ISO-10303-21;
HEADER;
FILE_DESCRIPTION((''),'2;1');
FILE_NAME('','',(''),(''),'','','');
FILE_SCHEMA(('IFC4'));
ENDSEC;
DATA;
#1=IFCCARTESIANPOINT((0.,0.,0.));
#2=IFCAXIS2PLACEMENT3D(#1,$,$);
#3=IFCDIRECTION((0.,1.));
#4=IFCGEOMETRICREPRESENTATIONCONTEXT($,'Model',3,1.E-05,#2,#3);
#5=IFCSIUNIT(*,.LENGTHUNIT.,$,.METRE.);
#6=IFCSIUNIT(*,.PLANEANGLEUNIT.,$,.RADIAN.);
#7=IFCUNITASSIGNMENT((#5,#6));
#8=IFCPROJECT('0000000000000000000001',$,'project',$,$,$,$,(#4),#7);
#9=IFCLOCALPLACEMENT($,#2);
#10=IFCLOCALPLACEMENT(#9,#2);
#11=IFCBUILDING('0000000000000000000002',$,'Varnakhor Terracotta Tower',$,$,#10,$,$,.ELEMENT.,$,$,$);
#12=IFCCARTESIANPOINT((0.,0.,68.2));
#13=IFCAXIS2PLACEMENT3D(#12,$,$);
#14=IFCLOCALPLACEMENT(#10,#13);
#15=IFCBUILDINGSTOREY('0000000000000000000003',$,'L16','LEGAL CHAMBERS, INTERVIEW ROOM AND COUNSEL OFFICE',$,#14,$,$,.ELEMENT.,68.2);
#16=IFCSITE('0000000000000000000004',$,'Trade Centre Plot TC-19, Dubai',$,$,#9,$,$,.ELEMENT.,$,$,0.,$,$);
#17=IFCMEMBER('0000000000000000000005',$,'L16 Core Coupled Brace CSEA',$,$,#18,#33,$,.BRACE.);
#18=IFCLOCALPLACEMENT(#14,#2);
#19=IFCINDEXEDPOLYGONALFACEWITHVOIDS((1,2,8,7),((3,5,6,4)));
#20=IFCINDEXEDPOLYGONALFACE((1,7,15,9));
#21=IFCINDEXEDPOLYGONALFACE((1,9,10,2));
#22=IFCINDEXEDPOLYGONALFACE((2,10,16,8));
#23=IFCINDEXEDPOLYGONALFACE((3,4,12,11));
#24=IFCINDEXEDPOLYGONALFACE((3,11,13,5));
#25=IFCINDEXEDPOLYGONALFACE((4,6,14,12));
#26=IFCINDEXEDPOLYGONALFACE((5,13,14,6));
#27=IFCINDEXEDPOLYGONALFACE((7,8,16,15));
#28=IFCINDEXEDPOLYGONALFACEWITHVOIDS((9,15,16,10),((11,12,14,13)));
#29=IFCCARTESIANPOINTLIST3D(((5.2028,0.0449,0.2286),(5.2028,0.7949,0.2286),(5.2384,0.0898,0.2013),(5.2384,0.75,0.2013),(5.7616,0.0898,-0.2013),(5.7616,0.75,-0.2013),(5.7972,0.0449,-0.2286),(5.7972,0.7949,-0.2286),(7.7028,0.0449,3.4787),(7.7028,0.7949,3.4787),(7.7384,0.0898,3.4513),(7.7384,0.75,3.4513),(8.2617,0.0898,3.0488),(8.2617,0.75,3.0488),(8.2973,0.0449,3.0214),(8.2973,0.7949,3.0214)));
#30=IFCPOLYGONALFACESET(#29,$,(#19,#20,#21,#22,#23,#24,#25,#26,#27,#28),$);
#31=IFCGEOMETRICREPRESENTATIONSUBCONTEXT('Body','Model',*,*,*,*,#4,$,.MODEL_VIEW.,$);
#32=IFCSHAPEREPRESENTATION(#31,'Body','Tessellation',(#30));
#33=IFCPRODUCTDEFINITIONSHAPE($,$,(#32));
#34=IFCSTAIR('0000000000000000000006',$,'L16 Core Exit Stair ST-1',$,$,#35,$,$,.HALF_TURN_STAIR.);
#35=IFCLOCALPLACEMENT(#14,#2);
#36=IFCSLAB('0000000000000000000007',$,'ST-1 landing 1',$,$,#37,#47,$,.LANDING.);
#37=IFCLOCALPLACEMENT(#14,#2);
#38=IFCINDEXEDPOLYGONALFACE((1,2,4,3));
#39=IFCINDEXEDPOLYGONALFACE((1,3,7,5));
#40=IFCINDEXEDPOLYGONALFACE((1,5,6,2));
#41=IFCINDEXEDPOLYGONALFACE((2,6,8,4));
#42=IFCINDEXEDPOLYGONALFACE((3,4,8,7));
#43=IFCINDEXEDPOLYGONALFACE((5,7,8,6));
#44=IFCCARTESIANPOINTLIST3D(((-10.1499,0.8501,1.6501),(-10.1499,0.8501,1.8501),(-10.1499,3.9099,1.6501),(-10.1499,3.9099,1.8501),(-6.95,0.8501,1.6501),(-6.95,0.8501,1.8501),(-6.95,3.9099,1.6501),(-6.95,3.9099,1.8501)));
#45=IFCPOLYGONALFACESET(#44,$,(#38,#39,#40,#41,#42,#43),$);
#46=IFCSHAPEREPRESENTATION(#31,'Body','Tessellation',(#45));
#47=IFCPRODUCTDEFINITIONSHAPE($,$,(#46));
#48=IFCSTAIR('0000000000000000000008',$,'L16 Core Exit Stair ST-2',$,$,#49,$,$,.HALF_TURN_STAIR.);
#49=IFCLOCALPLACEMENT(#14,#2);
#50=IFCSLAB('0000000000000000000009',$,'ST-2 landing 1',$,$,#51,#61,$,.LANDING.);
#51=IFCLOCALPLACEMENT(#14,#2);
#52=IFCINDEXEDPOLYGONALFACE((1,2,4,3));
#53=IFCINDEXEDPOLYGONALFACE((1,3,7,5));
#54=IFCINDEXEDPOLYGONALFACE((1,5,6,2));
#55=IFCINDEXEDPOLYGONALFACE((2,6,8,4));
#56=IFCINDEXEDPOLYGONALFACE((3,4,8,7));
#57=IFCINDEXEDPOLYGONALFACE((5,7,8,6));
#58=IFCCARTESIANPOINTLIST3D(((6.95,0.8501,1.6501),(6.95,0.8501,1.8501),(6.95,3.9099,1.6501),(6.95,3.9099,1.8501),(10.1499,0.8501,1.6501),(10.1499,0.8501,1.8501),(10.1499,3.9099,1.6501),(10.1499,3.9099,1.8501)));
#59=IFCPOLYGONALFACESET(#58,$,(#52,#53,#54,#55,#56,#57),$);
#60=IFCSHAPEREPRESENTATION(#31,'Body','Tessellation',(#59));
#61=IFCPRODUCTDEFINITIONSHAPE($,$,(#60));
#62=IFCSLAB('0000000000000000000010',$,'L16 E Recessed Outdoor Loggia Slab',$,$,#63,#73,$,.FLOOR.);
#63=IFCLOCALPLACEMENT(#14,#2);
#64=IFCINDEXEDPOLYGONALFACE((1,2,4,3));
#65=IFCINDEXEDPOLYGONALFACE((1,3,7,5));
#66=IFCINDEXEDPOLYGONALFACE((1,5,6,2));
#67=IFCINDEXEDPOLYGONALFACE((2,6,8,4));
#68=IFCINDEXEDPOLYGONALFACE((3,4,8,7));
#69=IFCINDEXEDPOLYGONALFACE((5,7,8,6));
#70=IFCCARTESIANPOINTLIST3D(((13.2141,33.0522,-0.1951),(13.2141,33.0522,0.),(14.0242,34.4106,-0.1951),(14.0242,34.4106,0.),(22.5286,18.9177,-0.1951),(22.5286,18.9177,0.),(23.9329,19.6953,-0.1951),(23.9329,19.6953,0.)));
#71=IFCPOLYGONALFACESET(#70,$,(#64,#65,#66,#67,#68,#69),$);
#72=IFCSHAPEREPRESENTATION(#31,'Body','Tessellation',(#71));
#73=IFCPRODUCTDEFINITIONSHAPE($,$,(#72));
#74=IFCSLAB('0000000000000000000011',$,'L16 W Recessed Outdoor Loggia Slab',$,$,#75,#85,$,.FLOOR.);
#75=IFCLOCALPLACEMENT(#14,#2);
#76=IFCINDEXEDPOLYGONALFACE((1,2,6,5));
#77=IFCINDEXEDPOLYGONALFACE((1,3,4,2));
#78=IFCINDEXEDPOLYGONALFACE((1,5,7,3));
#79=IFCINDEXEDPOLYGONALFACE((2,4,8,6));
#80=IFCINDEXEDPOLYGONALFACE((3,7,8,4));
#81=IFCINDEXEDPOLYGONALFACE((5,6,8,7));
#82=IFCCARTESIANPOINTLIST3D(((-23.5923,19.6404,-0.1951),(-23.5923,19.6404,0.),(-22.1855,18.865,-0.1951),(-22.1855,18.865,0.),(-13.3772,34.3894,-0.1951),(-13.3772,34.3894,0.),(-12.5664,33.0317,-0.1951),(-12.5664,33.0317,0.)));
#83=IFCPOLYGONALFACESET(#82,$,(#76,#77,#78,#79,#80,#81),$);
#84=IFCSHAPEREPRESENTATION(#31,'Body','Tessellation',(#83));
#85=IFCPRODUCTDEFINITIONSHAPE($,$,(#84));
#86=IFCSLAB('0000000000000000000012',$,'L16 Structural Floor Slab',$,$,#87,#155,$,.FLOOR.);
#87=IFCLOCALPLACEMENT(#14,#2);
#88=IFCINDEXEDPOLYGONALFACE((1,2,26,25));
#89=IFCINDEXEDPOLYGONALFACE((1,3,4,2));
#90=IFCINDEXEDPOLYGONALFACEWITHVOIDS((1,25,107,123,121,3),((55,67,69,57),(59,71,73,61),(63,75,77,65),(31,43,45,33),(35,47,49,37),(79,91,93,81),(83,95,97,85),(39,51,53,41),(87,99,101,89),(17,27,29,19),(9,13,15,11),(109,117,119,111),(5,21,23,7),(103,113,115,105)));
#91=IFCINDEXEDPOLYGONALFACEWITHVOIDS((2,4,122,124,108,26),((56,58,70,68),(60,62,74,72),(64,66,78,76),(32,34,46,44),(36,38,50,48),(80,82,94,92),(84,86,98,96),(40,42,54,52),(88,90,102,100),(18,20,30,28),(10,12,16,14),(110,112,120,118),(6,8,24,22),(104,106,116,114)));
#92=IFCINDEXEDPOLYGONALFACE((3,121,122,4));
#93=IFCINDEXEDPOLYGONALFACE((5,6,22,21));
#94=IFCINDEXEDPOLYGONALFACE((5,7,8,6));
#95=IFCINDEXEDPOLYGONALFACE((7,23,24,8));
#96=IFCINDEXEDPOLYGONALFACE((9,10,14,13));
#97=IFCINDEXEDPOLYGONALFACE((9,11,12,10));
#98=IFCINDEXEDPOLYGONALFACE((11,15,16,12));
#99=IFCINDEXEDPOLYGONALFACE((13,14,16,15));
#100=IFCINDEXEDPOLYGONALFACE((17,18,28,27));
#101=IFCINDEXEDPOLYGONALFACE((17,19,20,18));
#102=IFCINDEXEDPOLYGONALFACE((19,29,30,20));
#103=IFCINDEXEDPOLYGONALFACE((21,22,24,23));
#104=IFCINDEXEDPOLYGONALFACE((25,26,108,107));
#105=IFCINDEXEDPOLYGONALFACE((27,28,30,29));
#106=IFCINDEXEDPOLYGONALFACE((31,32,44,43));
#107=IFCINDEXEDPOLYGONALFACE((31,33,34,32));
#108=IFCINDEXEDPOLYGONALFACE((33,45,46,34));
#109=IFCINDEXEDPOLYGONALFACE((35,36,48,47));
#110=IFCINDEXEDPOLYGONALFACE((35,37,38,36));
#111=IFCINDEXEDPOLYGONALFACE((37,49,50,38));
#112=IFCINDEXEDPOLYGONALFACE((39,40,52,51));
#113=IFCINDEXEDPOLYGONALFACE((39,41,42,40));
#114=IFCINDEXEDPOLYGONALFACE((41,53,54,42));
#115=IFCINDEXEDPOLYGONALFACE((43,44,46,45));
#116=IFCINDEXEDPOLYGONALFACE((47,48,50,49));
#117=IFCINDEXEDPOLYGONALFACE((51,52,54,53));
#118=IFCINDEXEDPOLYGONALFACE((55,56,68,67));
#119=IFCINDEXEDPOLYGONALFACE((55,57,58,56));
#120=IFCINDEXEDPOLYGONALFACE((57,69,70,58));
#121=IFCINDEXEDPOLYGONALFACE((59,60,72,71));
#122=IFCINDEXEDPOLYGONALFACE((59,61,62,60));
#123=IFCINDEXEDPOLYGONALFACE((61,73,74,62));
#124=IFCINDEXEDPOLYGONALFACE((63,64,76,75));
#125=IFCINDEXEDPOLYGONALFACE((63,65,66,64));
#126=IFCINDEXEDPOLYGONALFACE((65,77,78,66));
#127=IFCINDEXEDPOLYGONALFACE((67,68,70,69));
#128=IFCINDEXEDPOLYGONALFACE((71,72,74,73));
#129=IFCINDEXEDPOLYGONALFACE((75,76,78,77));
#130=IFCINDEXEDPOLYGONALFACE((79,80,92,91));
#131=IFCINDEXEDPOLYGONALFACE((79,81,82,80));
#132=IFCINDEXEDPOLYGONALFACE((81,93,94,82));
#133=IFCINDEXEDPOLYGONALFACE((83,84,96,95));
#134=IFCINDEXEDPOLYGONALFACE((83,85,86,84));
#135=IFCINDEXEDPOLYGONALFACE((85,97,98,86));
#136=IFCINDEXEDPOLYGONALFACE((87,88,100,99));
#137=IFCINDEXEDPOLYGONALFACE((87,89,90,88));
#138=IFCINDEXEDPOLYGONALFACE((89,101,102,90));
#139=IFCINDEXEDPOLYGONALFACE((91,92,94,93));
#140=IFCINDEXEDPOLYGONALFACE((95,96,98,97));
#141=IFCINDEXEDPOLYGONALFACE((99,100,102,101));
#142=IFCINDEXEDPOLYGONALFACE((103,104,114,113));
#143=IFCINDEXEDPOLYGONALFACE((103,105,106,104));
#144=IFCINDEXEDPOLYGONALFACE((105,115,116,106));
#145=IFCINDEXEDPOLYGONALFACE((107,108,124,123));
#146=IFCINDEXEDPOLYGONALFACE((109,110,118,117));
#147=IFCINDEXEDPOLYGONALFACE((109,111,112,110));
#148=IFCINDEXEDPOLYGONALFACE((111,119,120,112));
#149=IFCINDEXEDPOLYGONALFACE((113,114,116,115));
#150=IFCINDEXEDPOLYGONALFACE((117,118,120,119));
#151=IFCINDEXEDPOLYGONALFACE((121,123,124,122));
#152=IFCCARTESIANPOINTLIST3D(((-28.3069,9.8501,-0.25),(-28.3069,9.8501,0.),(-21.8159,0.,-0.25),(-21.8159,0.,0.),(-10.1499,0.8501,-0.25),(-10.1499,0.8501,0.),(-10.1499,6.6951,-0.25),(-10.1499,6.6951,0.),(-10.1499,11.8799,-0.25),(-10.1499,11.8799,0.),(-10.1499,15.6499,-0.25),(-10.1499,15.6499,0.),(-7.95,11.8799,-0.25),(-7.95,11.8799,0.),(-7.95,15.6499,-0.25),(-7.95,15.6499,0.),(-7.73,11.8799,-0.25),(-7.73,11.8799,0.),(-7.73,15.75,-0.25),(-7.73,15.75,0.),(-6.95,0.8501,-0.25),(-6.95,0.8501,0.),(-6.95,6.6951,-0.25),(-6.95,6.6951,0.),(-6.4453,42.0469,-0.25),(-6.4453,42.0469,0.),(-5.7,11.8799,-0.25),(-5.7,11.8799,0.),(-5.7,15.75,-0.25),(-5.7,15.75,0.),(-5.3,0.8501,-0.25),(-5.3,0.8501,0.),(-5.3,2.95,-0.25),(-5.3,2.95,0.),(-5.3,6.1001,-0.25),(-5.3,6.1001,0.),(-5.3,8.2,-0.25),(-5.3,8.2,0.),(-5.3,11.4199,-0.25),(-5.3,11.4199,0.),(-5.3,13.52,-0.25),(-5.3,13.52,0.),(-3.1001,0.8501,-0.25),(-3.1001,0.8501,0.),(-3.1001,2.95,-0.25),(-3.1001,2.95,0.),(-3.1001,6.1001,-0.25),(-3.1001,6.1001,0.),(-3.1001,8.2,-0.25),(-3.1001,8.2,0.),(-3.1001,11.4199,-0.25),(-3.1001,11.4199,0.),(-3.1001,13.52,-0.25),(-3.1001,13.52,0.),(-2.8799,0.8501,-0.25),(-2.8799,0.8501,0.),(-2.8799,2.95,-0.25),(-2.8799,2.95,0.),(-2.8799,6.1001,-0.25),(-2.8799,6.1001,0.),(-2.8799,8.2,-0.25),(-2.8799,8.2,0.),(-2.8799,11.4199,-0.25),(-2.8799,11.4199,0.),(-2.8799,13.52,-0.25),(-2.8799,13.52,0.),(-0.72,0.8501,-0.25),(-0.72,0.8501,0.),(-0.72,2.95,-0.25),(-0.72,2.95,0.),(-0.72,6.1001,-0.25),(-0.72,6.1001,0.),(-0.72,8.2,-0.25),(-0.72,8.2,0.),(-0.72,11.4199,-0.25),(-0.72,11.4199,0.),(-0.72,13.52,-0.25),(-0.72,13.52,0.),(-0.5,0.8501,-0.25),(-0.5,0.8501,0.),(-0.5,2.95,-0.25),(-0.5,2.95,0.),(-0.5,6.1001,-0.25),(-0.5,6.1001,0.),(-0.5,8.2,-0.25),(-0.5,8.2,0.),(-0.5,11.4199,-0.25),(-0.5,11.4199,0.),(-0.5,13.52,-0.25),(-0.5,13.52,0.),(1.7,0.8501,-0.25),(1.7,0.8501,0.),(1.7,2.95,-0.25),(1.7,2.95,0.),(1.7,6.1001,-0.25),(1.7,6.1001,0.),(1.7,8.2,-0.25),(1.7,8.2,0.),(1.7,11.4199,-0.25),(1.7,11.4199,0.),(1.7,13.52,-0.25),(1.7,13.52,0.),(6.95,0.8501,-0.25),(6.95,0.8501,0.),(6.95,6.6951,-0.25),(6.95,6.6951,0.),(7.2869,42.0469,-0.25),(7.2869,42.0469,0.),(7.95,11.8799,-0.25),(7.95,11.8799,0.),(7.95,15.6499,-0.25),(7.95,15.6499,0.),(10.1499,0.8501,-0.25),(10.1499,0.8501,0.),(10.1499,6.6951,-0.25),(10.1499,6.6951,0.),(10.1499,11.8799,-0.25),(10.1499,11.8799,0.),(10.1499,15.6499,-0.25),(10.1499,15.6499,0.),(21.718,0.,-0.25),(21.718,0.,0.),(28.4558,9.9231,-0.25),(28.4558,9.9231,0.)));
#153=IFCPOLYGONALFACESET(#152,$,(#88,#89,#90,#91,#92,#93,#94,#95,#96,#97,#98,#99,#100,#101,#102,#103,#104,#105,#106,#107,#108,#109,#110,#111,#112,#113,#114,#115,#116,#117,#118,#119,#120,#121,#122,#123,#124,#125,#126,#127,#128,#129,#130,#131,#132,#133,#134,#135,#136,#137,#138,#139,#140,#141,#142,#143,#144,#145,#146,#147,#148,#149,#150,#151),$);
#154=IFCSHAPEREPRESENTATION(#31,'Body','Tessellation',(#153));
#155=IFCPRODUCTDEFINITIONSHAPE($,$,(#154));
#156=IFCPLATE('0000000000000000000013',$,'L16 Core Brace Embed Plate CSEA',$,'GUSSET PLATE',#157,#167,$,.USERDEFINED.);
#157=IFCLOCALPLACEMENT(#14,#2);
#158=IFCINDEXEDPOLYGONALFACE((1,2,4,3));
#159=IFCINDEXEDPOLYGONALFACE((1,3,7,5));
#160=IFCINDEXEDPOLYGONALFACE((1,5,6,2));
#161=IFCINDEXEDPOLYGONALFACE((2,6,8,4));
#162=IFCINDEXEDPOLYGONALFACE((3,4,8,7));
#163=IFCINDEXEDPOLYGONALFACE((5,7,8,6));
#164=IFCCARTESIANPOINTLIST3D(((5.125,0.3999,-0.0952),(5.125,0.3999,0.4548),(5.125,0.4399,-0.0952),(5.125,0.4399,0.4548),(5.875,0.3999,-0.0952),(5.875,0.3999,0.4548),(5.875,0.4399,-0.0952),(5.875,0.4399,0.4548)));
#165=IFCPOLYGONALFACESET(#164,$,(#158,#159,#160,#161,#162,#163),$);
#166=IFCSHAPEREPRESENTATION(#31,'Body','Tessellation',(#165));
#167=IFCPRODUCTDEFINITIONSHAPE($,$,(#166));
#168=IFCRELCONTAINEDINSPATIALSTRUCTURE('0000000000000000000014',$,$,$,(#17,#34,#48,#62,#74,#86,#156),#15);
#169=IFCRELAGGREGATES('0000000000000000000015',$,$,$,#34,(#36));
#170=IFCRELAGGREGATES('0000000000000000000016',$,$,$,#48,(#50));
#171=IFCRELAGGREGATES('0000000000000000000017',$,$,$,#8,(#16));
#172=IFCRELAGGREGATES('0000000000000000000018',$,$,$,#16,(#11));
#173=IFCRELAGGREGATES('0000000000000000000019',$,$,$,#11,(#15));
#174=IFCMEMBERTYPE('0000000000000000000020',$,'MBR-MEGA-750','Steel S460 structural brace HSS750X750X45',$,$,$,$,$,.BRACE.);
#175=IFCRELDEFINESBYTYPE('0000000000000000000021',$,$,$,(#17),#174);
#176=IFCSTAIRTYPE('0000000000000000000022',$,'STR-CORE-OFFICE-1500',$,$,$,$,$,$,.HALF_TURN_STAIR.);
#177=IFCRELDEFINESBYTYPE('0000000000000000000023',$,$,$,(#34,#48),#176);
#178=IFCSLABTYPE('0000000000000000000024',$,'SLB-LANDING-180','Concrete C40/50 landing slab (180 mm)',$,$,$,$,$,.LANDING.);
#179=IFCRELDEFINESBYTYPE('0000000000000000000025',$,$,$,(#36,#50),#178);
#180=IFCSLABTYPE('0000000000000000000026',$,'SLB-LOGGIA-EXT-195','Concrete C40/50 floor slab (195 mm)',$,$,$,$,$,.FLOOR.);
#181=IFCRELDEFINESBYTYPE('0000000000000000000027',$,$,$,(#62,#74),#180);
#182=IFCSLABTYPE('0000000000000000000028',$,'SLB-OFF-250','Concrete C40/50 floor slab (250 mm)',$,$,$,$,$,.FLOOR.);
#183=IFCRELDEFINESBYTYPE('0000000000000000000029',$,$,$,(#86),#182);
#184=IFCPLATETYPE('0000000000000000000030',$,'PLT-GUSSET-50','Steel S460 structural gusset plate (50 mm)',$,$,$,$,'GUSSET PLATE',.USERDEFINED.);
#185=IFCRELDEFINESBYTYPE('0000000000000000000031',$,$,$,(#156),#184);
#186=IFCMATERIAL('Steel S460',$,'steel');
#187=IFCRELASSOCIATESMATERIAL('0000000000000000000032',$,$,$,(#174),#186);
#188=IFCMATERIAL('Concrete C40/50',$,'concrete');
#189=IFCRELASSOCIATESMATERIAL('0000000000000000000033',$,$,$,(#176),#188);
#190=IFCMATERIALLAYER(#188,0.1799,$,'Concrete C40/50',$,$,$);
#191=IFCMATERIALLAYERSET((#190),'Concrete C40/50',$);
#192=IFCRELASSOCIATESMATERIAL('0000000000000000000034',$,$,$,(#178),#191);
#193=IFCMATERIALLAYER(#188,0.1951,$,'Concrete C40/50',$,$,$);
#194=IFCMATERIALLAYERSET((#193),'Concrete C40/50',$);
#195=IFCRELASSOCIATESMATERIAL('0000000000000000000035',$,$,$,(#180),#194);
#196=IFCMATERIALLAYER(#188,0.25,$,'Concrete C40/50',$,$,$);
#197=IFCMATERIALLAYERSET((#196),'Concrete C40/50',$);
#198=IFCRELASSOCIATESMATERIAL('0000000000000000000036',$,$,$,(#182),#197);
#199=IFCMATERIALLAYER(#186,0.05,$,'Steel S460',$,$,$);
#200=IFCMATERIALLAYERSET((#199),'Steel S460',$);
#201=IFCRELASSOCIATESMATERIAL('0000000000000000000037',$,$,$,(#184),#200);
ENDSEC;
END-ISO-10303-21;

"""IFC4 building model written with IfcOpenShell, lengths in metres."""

from ifc_helpers import new_model, si_unit, direction, frame, origin, origin_2d, place, context, subcontext, project, spatial, polyline, rectangle, hollow_rectangle, outline, extrude, source, transform, mapped, material, layer, layer_set, material_profile, profile_set, type_object, type_shapes, element, aggregate, save


model = new_model("IFC4")

# Units and contexts
model_context = context("Model", 3, precision=1e-05, world=origin(), true_north=direction((0.0, 1.0)))
body_context = subcontext(model_context, "Body", "Model", "MODEL_VIEW")
ifc_project = project(units=[si_unit("LENGTHUNIT", "METRE"), si_unit("PLANEANGLEUNIT", "RADIAN")], contexts=[model_context])

# Site, building, storey
site_placement = place(None, origin())
site = spatial("IfcSite", under=ifc_project, at=site_placement, Name="Trade Centre Plot TC-19, Dubai", CompositionType="ELEMENT", RefElevation=0.0)
building_placement = place(site_placement, origin())
building = spatial("IfcBuilding", under=site, at=building_placement, Name="Varnakhor Terracotta Tower", CompositionType="ELEMENT")
storey_placement = place(building_placement, frame((0.0, 0.0, 68.2)))
storey = spatial("IfcBuildingStorey", under=building, at=storey_placement, Name="L16", Description="LEGAL CHAMBERS, INTERVIEW ROOM AND COUNSEL OFFICE", CompositionType="ELEMENT", Elevation=68.2)

# Member
ifc_material_1 = material(Name="Steel S460", Category="steel")
ifc_material_profile = material_profile(ifc_material_1, hollow_rectangle(XDim=0.75, YDim=0.75, WallThickness=0.0449, at=origin_2d()), Name="HSS750X750X45")
ifc_profile_set = profile_set([ifc_material_profile], Name="Steel S460")
member_type = type_object("IfcMemberType", Name="MBR-MEGA-750", Description="Steel S460 structural brace HSS750X750X45", PredefinedType="BRACE", material=ifc_profile_set)
shared_shape_1 = source(origin(), body_context, "Body", "SweptSolid", [
    extrude(hollow_rectangle(XDim=0.75, YDim=0.75, WallThickness=0.0449, at=origin_2d()), origin(), (0.0, 0.0, 1.0), 4.1003),
])
member_placement = place(storey_placement, frame((5.5, 0.4199, 0.0), z_axis=(0.609711, 0.0, 0.792624), x_axis=(0.0, 1.0, 0.0)))
element("IfcMember", 1, at=member_placement, inside=storey, type_object=member_type, Name="L16 Core Coupled Brace CSEA", PredefinedType="BRACE", context=body_context, shape_type="MappedRepresentation", body=[
    mapped(shared_shape_1, transform((0.0, 0.0, 0.0), scale=1.0)),
])

# Stairs, slabs
ifc_material_2 = material(Name="Concrete C40/50", Category="concrete")
stair_type = type_object("IfcStairType", Name="STR-CORE-OFFICE-1500", PredefinedType="HALF_TURN_STAIR", material=ifc_material_2)
stair_1_placement = place(storey_placement, origin())
stair_1 = element("IfcStair", 2, at=stair_1_placement, inside=storey, type_object=stair_type, Name="L16 Core Exit Stair ST-1", PredefinedType="HALF_TURN_STAIR")
ifc_layer_1 = layer(ifc_material_2, 0.1799, Name="Concrete C40/50")
ifc_layer_set_1 = layer_set([ifc_layer_1], Name="Concrete C40/50")
slab_type_1 = type_object("IfcSlabType", Name="SLB-LANDING-180", Description="Concrete C40/50 landing slab (180 mm)", PredefinedType="LANDING", material=ifc_layer_set_1)
slab_1_placement = place(storey_placement, frame((0.0, 0.0, 1.6501)))
slab_1 = element("IfcSlab", 3, at=slab_1_placement, type_object=slab_type_1, Name="ST-1 landing 1", PredefinedType="LANDING", context=body_context, shape_type="SweptSolid", body=[
    extrude(outline(polyline([(-10.1499, 3.9099), (-10.1499, 0.8501), (-6.95, 0.8501), (-6.95, 3.9099), (-10.1499, 3.9099)])), origin(), (0.0, 0.0, 1.0), 0.2),
])
aggregate(stair_1, [slab_1])
stair_2_placement = place(storey_placement, origin())
stair_2 = element("IfcStair", 4, at=stair_2_placement, inside=storey, type_object=stair_type, Name="L16 Core Exit Stair ST-2", PredefinedType="HALF_TURN_STAIR")
slab_2_placement = place(storey_placement, frame((0.0, 0.0, 1.6501)))
slab_2 = element("IfcSlab", 5, at=slab_2_placement, type_object=slab_type_1, Name="ST-2 landing 1", PredefinedType="LANDING", context=body_context, shape_type="SweptSolid", body=[
    extrude(outline(polyline([(6.95, 3.9099), (6.95, 0.8501), (10.1499, 0.8501), (10.1499, 3.9099), (6.95, 3.9099)])), origin(), (0.0, 0.0, 1.0), 0.2),
])
aggregate(stair_2, [slab_2])

# Slabs
ifc_layer_2 = layer(ifc_material_2, 0.1951, Name="Concrete C40/50")
ifc_layer_set_2 = layer_set([ifc_layer_2], Name="Concrete C40/50")
slab_type_2 = type_object("IfcSlabType", Name="SLB-LOGGIA-EXT-195", Description="Concrete C40/50 floor slab (195 mm)", PredefinedType="FLOOR", material=ifc_layer_set_2)
slab_3_placement = place(storey_placement, frame((0.0, 0.0, -0.1951)))
element("IfcSlab", 6, at=slab_3_placement, inside=storey, type_object=slab_type_2, Name="L16 E Recessed Outdoor Loggia Slab", PredefinedType="FLOOR", context=body_context, shape_type="SweptSolid", body=[
    extrude(outline(polyline([(14.0242, 34.4106), (23.9329, 19.6953), (22.5286, 18.9177), (13.2141, 33.0522), (14.0242, 34.4106)])), origin(), (0.0, 0.0, 1.0), 0.1951),
])
slab_4_placement = place(storey_placement, frame((0.0, 0.0, -0.1951)))
element("IfcSlab", 7, at=slab_4_placement, inside=storey, type_object=slab_type_2, Name="L16 W Recessed Outdoor Loggia Slab", PredefinedType="FLOOR", context=body_context, shape_type="SweptSolid", body=[
    extrude(outline(polyline([(-23.5923, 19.6404), (-13.3772, 34.3894), (-12.5664, 33.0317), (-22.1855, 18.865), (-23.5923, 19.6404)])), origin(), (0.0, 0.0, 1.0), 0.1951),
])
ifc_layer_3 = layer(ifc_material_2, 0.25, Name="Concrete C40/50")
ifc_layer_set_3 = layer_set([ifc_layer_3], Name="Concrete C40/50")
slab_type_3 = type_object("IfcSlabType", Name="SLB-OFF-250", Description="Concrete C40/50 floor slab (250 mm)", PredefinedType="FLOOR", material=ifc_layer_set_3)
slab_5_placement = place(storey_placement, frame((0.0, 0.0, -0.25)))
element("IfcSlab", 8, at=slab_5_placement, inside=storey, type_object=slab_type_3, Name="L16 Structural Floor Slab", PredefinedType="FLOOR", context=body_context, shape_type="SweptSolid", body=[
    extrude(outline(polyline([(-28.3069, 9.8501), (-6.4453, 42.0469), (7.2869, 42.0469), (28.4558, 9.9231), (21.718, 0.0), (-21.8159, 0.0), (-28.3069, 9.8501)]), holes=[polyline([(-3.1001, 0.8501), (-3.1001, 2.95), (-5.3, 2.95), (-5.3, 0.8501), (-3.1001, 0.8501)]), polyline([(-2.8799, 0.8501), (-0.72, 0.8501), (-0.72, 2.95), (-2.8799, 2.95), (-2.8799, 0.8501)]), polyline([(-10.1499, 0.8501), (-6.95, 0.8501), (-6.95, 6.6951), (-10.1499, 6.6951), (-10.1499, 0.8501)]), polyline([(-5.3, 6.1001), (-3.1001, 6.1001), (-3.1001, 8.2), (-5.3, 8.2), (-5.3, 6.1001)]), polyline([(-5.3, 11.4199), (-3.1001, 11.4199), (-3.1001, 13.52), (-5.3, 13.52), (-5.3, 11.4199)]), polyline([(-10.1499, 11.8799), (-7.95, 11.8799), (-7.95, 15.6499), (-10.1499, 15.6499), (-10.1499, 11.8799)]), polyline([(-7.73, 11.8799), (-5.7, 11.8799), (-5.7, 15.75), (-7.73, 15.75), (-7.73, 11.8799)]), polyline([(1.7, 0.8501), (1.7, 2.95), (-0.5, 2.95), (-0.5, 0.8501), (1.7, 0.8501)]), polyline([(6.95, 0.8501), (10.1499, 0.8501), (10.1499, 6.6951), (6.95, 6.6951), (6.95, 0.8501)]), polyline([(-2.8799, 6.1001), (-0.72, 6.1001), (-0.72, 8.2), (-2.8799, 8.2), (-2.8799, 6.1001)]), polyline([(-0.5, 6.1001), (1.7, 6.1001), (1.7, 8.2), (-0.5, 8.2), (-0.5, 6.1001)]), polyline([(-2.8799, 11.4199), (-0.72, 11.4199), (-0.72, 13.52), (-2.8799, 13.52), (-2.8799, 11.4199)]), polyline([(-0.5, 11.4199), (1.7, 11.4199), (1.7, 13.52), (-0.5, 13.52), (-0.5, 11.4199)]), polyline([(7.95, 11.8799), (10.1499, 11.8799), (10.1499, 15.6499), (7.95, 15.6499), (7.95, 11.8799)])]), origin(), (0.0, 0.0, 1.0), 0.25),
])

# Plate
ifc_layer_4 = layer(ifc_material_1, 0.05, Name="Steel S460")
ifc_layer_set_4 = layer_set([ifc_layer_4], Name="Steel S460")
plate_type = type_object("IfcPlateType", Name="PLT-GUSSET-50", Description="Steel S460 structural gusset plate (50 mm)", ElementType="GUSSET PLATE", PredefinedType="USERDEFINED", material=ifc_layer_set_4)
shared_shape_2 = source(origin(), body_context, "Body", "SweptSolid", [
    extrude(rectangle(XDim=0.75, YDim=0.04, at=origin_2d()), origin(), (0.0, 0.0, 1.0), 0.55),
])
type_shapes(plate_type, [shared_shape_2])
plate_placement = place(storey_placement, frame((5.5, 0.4199, -0.0952), z_axis=(0.0, 0.0, 1.0), x_axis=(1.0, 0.0, 0.0)))
element("IfcPlate", 9, at=plate_placement, inside=storey, type_object=plate_type, Name="L16 Core Brace Embed Plate CSEA", ObjectType="GUSSET PLATE", PredefinedType="USERDEFINED", context=body_context, shape_type="MappedRepresentation", body=[
    mapped(shared_shape_2, transform((0.0, 0.0, 0.0), scale=1.0)),
])

save(model, "model.ifc")
